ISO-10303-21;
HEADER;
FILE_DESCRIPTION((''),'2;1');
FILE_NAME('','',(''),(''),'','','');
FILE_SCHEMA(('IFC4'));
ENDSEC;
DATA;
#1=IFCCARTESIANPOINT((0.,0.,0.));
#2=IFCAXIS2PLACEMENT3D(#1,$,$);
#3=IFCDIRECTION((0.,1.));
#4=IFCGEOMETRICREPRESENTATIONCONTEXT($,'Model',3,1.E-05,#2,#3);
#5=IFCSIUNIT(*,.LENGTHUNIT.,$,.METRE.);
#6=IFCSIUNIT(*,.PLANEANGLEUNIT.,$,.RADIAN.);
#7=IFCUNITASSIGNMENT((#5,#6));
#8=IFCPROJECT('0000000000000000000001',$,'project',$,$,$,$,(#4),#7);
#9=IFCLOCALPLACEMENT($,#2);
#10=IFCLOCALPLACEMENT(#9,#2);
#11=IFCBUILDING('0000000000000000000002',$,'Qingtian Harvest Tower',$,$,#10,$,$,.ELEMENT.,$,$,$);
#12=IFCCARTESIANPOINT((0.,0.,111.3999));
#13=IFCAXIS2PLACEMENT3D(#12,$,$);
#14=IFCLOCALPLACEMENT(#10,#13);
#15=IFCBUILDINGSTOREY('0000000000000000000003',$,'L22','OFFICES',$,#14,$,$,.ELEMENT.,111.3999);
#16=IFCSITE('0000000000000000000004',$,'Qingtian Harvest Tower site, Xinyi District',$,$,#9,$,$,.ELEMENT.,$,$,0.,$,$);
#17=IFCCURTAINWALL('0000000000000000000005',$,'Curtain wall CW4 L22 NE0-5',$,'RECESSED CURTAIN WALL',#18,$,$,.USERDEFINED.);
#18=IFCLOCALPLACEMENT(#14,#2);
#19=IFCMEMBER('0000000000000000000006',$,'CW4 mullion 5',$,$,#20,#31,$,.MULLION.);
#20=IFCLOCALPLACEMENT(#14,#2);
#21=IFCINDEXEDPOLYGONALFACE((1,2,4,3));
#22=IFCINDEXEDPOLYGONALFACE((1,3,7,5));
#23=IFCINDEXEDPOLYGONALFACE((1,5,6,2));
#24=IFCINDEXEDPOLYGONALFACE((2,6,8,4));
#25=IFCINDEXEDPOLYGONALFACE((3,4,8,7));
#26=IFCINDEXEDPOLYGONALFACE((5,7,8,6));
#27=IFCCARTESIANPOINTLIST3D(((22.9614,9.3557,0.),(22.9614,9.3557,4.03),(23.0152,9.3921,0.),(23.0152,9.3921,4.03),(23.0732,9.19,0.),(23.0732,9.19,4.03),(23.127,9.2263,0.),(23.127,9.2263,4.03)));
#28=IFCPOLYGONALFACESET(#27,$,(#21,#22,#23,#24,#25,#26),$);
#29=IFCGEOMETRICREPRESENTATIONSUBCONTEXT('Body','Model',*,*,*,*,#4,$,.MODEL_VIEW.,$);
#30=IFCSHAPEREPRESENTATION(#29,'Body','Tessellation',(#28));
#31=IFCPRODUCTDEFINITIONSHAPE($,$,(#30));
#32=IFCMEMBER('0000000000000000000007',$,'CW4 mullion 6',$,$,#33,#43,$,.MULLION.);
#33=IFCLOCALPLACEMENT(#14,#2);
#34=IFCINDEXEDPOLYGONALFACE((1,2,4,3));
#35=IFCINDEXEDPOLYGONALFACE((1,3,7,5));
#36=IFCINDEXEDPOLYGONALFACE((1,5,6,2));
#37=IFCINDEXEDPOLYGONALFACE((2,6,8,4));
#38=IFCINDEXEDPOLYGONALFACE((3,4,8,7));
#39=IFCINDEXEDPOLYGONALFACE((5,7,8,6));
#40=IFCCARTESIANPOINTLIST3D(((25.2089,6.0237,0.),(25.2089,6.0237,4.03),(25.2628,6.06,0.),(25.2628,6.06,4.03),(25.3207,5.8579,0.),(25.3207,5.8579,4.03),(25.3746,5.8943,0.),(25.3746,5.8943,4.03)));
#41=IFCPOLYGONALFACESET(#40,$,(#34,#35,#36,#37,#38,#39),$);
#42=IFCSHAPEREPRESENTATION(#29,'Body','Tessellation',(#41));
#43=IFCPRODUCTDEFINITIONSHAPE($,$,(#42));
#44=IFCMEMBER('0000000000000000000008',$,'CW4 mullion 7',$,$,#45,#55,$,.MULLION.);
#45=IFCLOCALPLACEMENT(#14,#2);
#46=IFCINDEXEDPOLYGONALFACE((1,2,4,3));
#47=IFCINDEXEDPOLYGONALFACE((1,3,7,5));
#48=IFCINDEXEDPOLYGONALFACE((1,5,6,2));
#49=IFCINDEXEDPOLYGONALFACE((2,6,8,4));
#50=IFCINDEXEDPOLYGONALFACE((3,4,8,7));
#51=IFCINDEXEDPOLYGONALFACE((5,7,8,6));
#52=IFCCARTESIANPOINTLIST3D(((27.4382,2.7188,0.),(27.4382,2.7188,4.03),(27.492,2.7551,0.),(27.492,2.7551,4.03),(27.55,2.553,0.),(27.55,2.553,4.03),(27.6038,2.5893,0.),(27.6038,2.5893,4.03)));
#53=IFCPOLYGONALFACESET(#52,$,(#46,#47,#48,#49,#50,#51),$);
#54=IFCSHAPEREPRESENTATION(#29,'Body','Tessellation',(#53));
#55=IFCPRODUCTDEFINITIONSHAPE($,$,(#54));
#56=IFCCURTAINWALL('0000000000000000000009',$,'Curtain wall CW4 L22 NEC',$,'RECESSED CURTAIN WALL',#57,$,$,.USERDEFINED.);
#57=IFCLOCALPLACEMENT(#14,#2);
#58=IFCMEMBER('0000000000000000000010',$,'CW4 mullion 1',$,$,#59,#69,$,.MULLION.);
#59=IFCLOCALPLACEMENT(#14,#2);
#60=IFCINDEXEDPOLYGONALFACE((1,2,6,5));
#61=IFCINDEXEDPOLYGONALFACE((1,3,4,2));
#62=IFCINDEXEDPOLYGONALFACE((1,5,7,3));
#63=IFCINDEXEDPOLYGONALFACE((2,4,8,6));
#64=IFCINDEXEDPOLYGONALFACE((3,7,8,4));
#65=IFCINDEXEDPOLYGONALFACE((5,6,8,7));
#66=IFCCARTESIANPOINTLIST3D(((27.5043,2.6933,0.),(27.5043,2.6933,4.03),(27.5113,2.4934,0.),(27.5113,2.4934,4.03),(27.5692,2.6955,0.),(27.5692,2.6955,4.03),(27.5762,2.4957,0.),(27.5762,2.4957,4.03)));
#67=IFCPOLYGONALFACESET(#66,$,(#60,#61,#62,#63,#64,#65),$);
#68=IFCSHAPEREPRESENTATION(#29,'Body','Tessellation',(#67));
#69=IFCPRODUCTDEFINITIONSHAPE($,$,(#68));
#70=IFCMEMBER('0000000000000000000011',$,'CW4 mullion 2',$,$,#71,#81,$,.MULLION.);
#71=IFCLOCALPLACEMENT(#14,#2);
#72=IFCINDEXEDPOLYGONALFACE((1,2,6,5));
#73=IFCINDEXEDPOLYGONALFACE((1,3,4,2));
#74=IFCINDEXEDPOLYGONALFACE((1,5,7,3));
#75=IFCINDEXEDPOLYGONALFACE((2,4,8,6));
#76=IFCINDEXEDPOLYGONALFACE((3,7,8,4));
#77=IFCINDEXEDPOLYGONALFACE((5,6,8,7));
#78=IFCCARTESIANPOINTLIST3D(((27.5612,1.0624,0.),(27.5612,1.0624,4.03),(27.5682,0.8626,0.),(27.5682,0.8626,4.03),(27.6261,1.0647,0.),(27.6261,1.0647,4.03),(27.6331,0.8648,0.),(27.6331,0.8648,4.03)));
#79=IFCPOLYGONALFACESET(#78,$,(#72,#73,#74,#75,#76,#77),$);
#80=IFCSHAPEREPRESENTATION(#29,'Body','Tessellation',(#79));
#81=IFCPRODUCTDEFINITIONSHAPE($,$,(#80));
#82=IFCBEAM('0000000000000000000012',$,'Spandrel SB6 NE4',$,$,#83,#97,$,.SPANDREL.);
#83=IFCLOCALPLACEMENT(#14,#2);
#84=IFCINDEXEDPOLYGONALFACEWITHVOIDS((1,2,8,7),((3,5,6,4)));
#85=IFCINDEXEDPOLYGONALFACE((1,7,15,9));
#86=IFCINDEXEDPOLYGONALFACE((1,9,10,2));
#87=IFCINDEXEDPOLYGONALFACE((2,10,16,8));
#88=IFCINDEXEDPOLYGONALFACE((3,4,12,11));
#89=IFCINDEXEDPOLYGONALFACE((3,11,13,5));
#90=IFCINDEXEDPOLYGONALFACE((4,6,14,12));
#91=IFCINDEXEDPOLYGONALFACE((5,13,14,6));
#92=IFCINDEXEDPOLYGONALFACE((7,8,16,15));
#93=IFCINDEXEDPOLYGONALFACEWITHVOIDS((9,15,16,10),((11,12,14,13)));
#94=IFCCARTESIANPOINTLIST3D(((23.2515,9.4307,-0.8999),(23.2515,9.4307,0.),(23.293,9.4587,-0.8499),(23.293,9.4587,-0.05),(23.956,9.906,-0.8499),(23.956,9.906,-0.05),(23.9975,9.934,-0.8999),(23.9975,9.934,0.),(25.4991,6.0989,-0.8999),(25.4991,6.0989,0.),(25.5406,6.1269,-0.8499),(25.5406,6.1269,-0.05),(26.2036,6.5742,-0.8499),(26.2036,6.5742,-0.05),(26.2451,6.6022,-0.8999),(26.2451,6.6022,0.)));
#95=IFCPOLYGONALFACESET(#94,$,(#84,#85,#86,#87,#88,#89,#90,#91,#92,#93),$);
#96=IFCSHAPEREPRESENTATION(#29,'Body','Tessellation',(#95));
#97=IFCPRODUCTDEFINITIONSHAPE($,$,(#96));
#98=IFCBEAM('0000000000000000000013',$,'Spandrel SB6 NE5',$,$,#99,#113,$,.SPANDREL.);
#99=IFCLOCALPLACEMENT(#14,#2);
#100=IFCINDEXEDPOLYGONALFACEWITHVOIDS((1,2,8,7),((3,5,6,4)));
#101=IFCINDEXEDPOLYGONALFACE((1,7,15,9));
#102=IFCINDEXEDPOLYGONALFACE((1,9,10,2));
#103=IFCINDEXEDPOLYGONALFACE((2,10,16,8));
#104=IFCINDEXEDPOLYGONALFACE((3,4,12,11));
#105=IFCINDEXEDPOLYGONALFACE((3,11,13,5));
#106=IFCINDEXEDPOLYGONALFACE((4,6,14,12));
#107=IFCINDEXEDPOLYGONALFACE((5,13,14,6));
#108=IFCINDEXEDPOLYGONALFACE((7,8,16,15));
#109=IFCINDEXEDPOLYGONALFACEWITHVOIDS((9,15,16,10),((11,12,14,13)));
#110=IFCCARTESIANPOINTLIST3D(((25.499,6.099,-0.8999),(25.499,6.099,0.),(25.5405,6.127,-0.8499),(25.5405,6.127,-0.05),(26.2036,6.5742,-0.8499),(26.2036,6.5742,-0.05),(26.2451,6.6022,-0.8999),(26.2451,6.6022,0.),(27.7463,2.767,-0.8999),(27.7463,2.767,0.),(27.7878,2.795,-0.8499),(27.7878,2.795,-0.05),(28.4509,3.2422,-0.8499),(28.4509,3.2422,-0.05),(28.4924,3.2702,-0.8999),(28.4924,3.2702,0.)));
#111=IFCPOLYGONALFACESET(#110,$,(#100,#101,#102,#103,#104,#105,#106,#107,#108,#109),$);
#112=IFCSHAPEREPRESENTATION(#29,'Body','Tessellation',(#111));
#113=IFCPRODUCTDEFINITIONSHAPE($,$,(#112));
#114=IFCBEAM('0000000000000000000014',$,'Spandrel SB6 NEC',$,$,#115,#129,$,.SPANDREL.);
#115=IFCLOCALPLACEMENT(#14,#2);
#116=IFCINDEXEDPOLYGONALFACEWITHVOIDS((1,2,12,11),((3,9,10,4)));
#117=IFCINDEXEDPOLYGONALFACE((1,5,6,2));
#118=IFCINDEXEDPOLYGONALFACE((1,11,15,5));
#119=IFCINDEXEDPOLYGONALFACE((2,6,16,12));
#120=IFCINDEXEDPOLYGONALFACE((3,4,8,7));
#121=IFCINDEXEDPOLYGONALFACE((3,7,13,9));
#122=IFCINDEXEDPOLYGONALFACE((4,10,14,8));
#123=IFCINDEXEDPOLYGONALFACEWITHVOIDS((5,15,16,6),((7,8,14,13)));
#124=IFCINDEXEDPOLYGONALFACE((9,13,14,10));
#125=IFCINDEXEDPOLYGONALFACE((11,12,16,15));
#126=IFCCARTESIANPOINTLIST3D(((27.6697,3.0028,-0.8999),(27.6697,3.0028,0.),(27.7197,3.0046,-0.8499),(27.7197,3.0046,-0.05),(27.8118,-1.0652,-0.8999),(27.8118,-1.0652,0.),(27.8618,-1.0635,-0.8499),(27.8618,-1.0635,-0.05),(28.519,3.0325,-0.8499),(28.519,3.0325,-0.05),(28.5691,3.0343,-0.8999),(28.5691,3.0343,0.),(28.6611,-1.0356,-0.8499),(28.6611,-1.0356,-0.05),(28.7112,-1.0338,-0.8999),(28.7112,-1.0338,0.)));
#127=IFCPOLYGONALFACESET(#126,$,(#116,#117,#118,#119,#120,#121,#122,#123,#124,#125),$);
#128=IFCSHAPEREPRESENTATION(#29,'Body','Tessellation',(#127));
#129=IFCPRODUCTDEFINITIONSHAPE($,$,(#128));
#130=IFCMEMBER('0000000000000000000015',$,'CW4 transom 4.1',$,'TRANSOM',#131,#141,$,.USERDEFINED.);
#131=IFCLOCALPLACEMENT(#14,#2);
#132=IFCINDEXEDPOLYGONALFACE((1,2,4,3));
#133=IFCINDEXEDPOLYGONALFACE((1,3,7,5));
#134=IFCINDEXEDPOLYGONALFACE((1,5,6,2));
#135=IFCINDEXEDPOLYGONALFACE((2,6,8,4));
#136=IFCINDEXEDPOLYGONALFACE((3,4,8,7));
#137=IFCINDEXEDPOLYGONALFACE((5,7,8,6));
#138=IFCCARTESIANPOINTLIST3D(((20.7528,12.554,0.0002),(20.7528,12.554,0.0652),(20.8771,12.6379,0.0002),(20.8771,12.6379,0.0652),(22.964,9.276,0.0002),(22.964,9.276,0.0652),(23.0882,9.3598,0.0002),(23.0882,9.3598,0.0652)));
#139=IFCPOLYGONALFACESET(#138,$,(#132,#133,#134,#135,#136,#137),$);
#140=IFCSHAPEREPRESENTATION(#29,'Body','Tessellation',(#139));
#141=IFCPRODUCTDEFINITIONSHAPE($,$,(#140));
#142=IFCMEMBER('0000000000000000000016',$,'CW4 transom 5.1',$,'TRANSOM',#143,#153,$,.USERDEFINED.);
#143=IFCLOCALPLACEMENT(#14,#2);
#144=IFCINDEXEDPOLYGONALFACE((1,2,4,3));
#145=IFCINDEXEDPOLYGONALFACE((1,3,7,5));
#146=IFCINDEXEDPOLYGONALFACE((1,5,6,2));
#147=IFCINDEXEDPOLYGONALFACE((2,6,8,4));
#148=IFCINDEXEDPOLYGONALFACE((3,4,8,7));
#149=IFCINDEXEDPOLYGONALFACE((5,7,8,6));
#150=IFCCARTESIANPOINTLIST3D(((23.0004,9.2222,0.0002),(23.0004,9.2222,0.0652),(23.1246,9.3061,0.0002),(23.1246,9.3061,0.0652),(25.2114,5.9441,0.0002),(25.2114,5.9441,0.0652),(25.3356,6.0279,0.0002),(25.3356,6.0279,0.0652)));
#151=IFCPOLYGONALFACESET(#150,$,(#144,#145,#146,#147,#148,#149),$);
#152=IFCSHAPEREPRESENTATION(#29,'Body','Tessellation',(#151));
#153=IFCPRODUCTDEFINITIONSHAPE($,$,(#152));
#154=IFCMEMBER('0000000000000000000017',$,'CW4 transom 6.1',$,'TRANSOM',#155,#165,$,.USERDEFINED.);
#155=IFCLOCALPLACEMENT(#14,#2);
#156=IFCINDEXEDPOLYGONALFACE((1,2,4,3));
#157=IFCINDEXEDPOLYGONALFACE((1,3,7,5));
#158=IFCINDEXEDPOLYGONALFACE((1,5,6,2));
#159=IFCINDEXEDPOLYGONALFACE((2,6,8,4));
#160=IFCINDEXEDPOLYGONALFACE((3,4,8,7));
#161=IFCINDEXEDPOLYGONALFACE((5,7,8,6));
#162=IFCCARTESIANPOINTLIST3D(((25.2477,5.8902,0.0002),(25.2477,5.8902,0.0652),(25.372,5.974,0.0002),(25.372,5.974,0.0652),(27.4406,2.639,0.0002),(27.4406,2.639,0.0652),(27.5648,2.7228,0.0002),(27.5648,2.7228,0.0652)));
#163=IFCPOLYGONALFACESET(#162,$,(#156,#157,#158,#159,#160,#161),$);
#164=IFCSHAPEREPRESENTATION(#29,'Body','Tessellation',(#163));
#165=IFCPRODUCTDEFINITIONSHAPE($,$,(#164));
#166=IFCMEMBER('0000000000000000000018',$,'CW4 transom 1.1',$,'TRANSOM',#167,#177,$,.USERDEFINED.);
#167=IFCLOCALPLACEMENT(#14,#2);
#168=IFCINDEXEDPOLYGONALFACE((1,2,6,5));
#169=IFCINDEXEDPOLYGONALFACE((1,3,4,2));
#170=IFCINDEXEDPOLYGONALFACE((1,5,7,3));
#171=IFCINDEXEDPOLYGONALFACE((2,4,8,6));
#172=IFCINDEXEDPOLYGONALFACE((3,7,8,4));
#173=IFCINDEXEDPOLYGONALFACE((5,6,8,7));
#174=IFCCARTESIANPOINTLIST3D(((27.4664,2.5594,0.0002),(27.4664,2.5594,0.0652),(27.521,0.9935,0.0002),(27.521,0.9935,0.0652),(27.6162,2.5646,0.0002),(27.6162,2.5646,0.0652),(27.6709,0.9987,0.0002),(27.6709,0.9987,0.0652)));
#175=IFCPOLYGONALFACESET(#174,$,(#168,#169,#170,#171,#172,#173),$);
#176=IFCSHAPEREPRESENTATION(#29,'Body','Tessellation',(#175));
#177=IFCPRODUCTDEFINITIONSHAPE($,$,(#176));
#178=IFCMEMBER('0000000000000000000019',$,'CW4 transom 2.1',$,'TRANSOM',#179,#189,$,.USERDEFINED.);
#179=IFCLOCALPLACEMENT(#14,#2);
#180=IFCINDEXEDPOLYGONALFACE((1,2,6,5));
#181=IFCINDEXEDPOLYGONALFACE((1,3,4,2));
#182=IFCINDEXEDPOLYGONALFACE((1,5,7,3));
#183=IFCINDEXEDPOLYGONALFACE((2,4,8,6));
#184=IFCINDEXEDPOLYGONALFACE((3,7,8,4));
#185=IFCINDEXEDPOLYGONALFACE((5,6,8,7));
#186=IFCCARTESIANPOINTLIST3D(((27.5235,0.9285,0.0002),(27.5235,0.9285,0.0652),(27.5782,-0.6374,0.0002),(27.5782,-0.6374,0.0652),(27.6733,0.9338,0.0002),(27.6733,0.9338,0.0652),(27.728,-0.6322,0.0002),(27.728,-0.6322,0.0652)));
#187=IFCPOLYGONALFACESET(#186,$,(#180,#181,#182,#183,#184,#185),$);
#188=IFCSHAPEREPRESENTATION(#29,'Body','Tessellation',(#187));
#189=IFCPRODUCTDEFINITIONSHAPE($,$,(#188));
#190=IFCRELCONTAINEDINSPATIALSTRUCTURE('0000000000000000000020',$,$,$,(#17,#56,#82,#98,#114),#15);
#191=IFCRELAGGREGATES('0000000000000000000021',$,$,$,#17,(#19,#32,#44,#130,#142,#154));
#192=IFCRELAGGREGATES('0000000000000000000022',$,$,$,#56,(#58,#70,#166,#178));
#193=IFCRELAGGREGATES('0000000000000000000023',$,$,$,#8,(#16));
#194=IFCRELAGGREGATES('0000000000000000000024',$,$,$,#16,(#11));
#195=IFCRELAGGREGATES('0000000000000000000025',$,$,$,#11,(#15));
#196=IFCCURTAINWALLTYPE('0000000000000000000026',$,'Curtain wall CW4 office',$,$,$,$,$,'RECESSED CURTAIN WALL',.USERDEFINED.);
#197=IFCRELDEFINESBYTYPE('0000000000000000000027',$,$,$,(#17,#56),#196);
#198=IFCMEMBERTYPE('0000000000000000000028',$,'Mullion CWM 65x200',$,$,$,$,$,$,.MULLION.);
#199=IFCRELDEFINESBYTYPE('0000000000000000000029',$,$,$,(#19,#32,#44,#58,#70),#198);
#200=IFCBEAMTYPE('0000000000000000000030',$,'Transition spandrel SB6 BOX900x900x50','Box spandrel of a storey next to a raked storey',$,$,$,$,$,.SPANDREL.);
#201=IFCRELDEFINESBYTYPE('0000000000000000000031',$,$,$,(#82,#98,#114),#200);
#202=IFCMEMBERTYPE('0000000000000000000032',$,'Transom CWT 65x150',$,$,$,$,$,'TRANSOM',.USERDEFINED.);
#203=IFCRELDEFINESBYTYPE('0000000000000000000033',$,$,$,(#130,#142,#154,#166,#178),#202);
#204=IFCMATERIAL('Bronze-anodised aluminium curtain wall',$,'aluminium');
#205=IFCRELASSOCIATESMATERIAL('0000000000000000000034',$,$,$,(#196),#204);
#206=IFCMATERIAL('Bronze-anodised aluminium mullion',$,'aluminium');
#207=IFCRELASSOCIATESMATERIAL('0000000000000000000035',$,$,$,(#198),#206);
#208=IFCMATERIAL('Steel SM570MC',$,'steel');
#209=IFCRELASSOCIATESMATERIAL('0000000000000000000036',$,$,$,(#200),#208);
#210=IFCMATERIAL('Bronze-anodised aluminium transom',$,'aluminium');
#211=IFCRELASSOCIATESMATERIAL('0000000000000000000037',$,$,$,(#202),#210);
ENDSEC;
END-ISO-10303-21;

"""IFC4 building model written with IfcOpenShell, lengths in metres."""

from ifc_helpers import new_model, si_unit, direction, frame, origin, origin_2d, place, context, subcontext, project, spatial, rectangle, hollow_rectangle, extrude, material, material_profile, profile_set, type_object, element, aggregate, save


model = new_model("IFC4")

# Units and contexts
model_context = context("Model", 3, precision=1e-05, world=origin(), true_north=direction((0.0, 1.0)))
body_context = subcontext(model_context, "Body", "Model", "MODEL_VIEW")
ifc_project = project(units=[si_unit("LENGTHUNIT", "METRE"), si_unit("PLANEANGLEUNIT", "RADIAN")], contexts=[model_context])

# Site, building, storey
site_placement = place(None, origin())
site = spatial("IfcSite", under=ifc_project, at=site_placement, Name="Qingtian Harvest Tower site, Xinyi District", CompositionType="ELEMENT", RefElevation=0.0)
building_placement = place(site_placement, origin())
building = spatial("IfcBuilding", under=site, at=building_placement, Name="Qingtian Harvest Tower", CompositionType="ELEMENT")
storey_placement = place(building_placement, frame((0.0, 0.0, 111.3999)))
storey = spatial("IfcBuildingStorey", under=building, at=storey_placement, Name="L22", Description="OFFICES", CompositionType="ELEMENT", Elevation=111.3999)

# Curtain walls, members
ifc_material_1 = material(Name="Bronze-anodised aluminium curtain wall", Category="aluminium")
curtain_wall_type = type_object("IfcCurtainWallType", Name="Curtain wall CW4 office", ElementType="RECESSED CURTAIN WALL", PredefinedType="USERDEFINED", material=ifc_material_1)
curtain_wall_1_placement = place(storey_placement, origin())
curtain_wall_1 = element("IfcCurtainWall", 1, at=curtain_wall_1_placement, inside=storey, type_object=curtain_wall_type, Name="Curtain wall CW4 L22 NE0-5", ObjectType="RECESSED CURTAIN WALL", PredefinedType="USERDEFINED")
ifc_material_2 = material(Name="Bronze-anodised aluminium mullion", Category="aluminium")
ifc_material_profile_1 = material_profile(ifc_material_2, rectangle(XDim=0.0649, YDim=0.2, at=origin_2d()), Name="AL 65x200")
ifc_profile_set_1 = profile_set([ifc_material_profile_1], Name="Bronze-anodised aluminium mullion")
member_type_1 = type_object("IfcMemberType", Name="Mullion CWM 65x200", PredefinedType="MULLION", material=ifc_profile_set_1)
member_1_placement = place(storey_placement, frame((23.0442, 9.291, 0.0), z_axis=(0.0, 0.0, 1.0), x_axis=(0.829038, 0.559193, 0.0)))
member_1 = element("IfcMember", 2, at=member_1_placement, type_object=member_type_1, Name="CW4 mullion 5", PredefinedType="MULLION", context=body_context, shape_type="SweptSolid", body=[
    extrude(rectangle(XDim=0.0649, YDim=0.2, at=origin_2d()), origin(), (0.0, 0.0, 1.0), 4.03),
])
member_2_placement = place(storey_placement, frame((25.2917, 5.959, 0.0), z_axis=(0.0, 0.0, 1.0), x_axis=(0.829038, 0.559193, 0.0)))
member_2 = element("IfcMember", 3, at=member_2_placement, type_object=member_type_1, Name="CW4 mullion 6", PredefinedType="MULLION", context=body_context, shape_type="SweptSolid", body=[
    extrude(rectangle(XDim=0.0649, YDim=0.2, at=origin_2d()), origin(), (0.0, 0.0, 1.0), 4.03),
])
member_3_placement = place(storey_placement, frame((27.521, 2.6541, 0.0), z_axis=(0.0, 0.0, 1.0), x_axis=(0.829038, 0.559193, 0.0)))
member_3 = element("IfcMember", 4, at=member_3_placement, type_object=member_type_1, Name="CW4 mullion 7", PredefinedType="MULLION", context=body_context, shape_type="SweptSolid", body=[
    extrude(rectangle(XDim=0.0649, YDim=0.2, at=origin_2d()), origin(), (0.0, 0.0, 1.0), 4.03),
])
curtain_wall_2_placement = place(storey_placement, origin())
curtain_wall_2 = element("IfcCurtainWall", 5, at=curtain_wall_2_placement, inside=storey, type_object=curtain_wall_type, Name="Curtain wall CW4 L22 NEC", ObjectType="RECESSED CURTAIN WALL", PredefinedType="USERDEFINED")
member_4_placement = place(storey_placement, frame((27.5403, 2.5945, 0.0), z_axis=(0.0, 0.0, 1.0), x_axis=(0.999391, 0.034899, 0.0)))
member_4 = element("IfcMember", 6, at=member_4_placement, type_object=member_type_1, Name="CW4 mullion 1", PredefinedType="MULLION", context=body_context, shape_type="SweptSolid", body=[
    extrude(rectangle(XDim=0.0649, YDim=0.2, at=origin_2d()), origin(), (0.0, 0.0, 1.0), 4.03),
])
member_5_placement = place(storey_placement, frame((27.5972, 0.9636, 0.0), z_axis=(0.0, 0.0, 1.0), x_axis=(0.999391, 0.034899, 0.0)))
member_5 = element("IfcMember", 7, at=member_5_placement, type_object=member_type_1, Name="CW4 mullion 2", PredefinedType="MULLION", context=body_context, shape_type="SweptSolid", body=[
    extrude(rectangle(XDim=0.0649, YDim=0.2, at=origin_2d()), origin(), (0.0, 0.0, 1.0), 4.03),
])

# Beams
ifc_material_3 = material(Name="Steel SM570MC", Category="steel")
ifc_material_profile_2 = material_profile(ifc_material_3, hollow_rectangle(XDim=0.8999, YDim=0.8999, WallThickness=0.05, at=origin_2d()), Name="BOX900x900x50")
ifc_profile_set_2 = profile_set([ifc_material_profile_2], Name="Steel SM570MC")
beam_type_1 = type_object("IfcBeamType", Name="Transition spandrel SB6 BOX900x900x50", Description="Box spandrel of a storey next to a raked storey", PredefinedType="SPANDREL", material=ifc_profile_set_2)
for number, where, z_axis, x_axis, name in (
    (8, (23.6245, 9.6824, -0.45), (0.559234, -0.82901, 0.0), (0.82901, 0.559234, 0.0), "Spandrel SB6 NE4"),
    (9, (25.8721, 6.3506, -0.45), (0.559164, -0.829057, 0.0), (0.829057, 0.559164, 0.0), "Spandrel SB6 NE5"),
):
    element("IfcBeam", number, at=place(storey_placement, frame(where, z_axis=z_axis, x_axis=x_axis)), inside=storey, type_object=beam_type_1, Name=name, PredefinedType="SPANDREL", context=body_context, shape_type="SweptSolid", body=[
        extrude(hollow_rectangle(XDim=0.8999, YDim=0.8999, WallThickness=0.05, at=origin_2d()), origin(), (0.0, 0.0, 1.0), 4.019),
    ])
beam_1_placement = place(storey_placement, frame((28.1194, 3.0186, -0.45), z_axis=(0.034906, -0.999391, 0.0), x_axis=(0.999391, 0.034906, 0.0)))
element("IfcBeam", 10, at=beam_1_placement, inside=storey, type_object=beam_type_1, Name="Spandrel SB6 NEC", PredefinedType="SPANDREL", context=body_context, shape_type="SweptSolid", body=[
    extrude(hollow_rectangle(XDim=0.8999, YDim=0.8999, WallThickness=0.05, at=origin_2d()), origin(), (0.0, 0.0, 1.0), 4.0706),
])

# Members
ifc_material_4 = material(Name="Bronze-anodised aluminium transom", Category="aluminium")
ifc_material_profile_3 = material_profile(ifc_material_4, rectangle(XDim=0.1499, YDim=0.0649, at=origin_2d()), Name="AL 65x150")
ifc_profile_set_3 = profile_set([ifc_material_profile_3], Name="Bronze-anodised aluminium transom")
member_type_2 = type_object("IfcMemberType", Name="Transom CWT 65x150", ElementType="TRANSOM", PredefinedType="USERDEFINED", material=ifc_profile_set_3)
member_6_placement = place(storey_placement, frame((20.8149, 12.5959, 0.0327), z_axis=(0.559209, -0.829027, 0.0), x_axis=(0.829027, 0.559209, 0.0)))
member_6 = element("IfcMember", 11, at=member_6_placement, type_object=member_type_2, Name="CW4 transom 4.1", ObjectType="TRANSOM", PredefinedType="USERDEFINED", context=body_context, shape_type="SweptSolid", body=[
    extrude(rectangle(XDim=0.1499, YDim=0.0649, at=origin_2d()), origin(), (0.0, 0.0, 1.0), 3.9541),
])
member_7_placement = place(storey_placement, frame((23.0625, 9.2642, 0.0327), z_axis=(0.559166, -0.829055, 0.0), x_axis=(0.829055, 0.559166, 0.0)))
member_7 = element("IfcMember", 12, at=member_7_placement, type_object=member_type_2, Name="CW4 transom 5.1", ObjectType="TRANSOM", PredefinedType="USERDEFINED", context=body_context, shape_type="SweptSolid", body=[
    extrude(rectangle(XDim=0.1499, YDim=0.0649, at=origin_2d()), origin(), (0.0, 0.0, 1.0), 3.9541),
])
member_8_placement = place(storey_placement, frame((25.3098, 5.9321, 0.0327), z_axis=(0.559175, -0.82905, 0.0), x_axis=(0.82905, 0.559175, 0.0)))
member_8 = element("IfcMember", 13, at=member_8_placement, type_object=member_type_2, Name="CW4 transom 6.1", ObjectType="TRANSOM", PredefinedType="USERDEFINED", context=body_context, shape_type="SweptSolid", body=[
    extrude(rectangle(XDim=0.1499, YDim=0.0649, at=origin_2d()), origin(), (0.0, 0.0, 1.0), 3.9216),
])
member_9_placement = place(storey_placement, frame((27.5413, 2.562, 0.0327), z_axis=(0.034902, -0.999391, 0.0), x_axis=(0.999391, 0.034902, 0.0)))
member_9 = element("IfcMember", 14, at=member_9_placement, type_object=member_type_2, Name="CW4 transom 1.1", ObjectType="TRANSOM", PredefinedType="USERDEFINED", context=body_context, shape_type="SweptSolid", body=[
    extrude(rectangle(XDim=0.1499, YDim=0.0649, at=origin_2d()), origin(), (0.0, 0.0, 1.0), 1.5669),
])
member_10_placement = place(storey_placement, frame((27.5984, 0.9312, 0.0327), z_axis=(0.034902, -0.999391, 0.0), x_axis=(0.999391, 0.034902, 0.0)))
member_10 = element("IfcMember", 15, at=member_10_placement, type_object=member_type_2, Name="CW4 transom 2.1", ObjectType="TRANSOM", PredefinedType="USERDEFINED", context=body_context, shape_type="SweptSolid", body=[
    extrude(rectangle(XDim=0.1499, YDim=0.0649, at=origin_2d()), origin(), (0.0, 0.0, 1.0), 1.5669),
])

aggregate(curtain_wall_1, [member_1, member_2, member_3, member_6, member_7, member_8])
aggregate(curtain_wall_2, [member_4, member_5, member_9, member_10])

save(model, "model.ifc")
